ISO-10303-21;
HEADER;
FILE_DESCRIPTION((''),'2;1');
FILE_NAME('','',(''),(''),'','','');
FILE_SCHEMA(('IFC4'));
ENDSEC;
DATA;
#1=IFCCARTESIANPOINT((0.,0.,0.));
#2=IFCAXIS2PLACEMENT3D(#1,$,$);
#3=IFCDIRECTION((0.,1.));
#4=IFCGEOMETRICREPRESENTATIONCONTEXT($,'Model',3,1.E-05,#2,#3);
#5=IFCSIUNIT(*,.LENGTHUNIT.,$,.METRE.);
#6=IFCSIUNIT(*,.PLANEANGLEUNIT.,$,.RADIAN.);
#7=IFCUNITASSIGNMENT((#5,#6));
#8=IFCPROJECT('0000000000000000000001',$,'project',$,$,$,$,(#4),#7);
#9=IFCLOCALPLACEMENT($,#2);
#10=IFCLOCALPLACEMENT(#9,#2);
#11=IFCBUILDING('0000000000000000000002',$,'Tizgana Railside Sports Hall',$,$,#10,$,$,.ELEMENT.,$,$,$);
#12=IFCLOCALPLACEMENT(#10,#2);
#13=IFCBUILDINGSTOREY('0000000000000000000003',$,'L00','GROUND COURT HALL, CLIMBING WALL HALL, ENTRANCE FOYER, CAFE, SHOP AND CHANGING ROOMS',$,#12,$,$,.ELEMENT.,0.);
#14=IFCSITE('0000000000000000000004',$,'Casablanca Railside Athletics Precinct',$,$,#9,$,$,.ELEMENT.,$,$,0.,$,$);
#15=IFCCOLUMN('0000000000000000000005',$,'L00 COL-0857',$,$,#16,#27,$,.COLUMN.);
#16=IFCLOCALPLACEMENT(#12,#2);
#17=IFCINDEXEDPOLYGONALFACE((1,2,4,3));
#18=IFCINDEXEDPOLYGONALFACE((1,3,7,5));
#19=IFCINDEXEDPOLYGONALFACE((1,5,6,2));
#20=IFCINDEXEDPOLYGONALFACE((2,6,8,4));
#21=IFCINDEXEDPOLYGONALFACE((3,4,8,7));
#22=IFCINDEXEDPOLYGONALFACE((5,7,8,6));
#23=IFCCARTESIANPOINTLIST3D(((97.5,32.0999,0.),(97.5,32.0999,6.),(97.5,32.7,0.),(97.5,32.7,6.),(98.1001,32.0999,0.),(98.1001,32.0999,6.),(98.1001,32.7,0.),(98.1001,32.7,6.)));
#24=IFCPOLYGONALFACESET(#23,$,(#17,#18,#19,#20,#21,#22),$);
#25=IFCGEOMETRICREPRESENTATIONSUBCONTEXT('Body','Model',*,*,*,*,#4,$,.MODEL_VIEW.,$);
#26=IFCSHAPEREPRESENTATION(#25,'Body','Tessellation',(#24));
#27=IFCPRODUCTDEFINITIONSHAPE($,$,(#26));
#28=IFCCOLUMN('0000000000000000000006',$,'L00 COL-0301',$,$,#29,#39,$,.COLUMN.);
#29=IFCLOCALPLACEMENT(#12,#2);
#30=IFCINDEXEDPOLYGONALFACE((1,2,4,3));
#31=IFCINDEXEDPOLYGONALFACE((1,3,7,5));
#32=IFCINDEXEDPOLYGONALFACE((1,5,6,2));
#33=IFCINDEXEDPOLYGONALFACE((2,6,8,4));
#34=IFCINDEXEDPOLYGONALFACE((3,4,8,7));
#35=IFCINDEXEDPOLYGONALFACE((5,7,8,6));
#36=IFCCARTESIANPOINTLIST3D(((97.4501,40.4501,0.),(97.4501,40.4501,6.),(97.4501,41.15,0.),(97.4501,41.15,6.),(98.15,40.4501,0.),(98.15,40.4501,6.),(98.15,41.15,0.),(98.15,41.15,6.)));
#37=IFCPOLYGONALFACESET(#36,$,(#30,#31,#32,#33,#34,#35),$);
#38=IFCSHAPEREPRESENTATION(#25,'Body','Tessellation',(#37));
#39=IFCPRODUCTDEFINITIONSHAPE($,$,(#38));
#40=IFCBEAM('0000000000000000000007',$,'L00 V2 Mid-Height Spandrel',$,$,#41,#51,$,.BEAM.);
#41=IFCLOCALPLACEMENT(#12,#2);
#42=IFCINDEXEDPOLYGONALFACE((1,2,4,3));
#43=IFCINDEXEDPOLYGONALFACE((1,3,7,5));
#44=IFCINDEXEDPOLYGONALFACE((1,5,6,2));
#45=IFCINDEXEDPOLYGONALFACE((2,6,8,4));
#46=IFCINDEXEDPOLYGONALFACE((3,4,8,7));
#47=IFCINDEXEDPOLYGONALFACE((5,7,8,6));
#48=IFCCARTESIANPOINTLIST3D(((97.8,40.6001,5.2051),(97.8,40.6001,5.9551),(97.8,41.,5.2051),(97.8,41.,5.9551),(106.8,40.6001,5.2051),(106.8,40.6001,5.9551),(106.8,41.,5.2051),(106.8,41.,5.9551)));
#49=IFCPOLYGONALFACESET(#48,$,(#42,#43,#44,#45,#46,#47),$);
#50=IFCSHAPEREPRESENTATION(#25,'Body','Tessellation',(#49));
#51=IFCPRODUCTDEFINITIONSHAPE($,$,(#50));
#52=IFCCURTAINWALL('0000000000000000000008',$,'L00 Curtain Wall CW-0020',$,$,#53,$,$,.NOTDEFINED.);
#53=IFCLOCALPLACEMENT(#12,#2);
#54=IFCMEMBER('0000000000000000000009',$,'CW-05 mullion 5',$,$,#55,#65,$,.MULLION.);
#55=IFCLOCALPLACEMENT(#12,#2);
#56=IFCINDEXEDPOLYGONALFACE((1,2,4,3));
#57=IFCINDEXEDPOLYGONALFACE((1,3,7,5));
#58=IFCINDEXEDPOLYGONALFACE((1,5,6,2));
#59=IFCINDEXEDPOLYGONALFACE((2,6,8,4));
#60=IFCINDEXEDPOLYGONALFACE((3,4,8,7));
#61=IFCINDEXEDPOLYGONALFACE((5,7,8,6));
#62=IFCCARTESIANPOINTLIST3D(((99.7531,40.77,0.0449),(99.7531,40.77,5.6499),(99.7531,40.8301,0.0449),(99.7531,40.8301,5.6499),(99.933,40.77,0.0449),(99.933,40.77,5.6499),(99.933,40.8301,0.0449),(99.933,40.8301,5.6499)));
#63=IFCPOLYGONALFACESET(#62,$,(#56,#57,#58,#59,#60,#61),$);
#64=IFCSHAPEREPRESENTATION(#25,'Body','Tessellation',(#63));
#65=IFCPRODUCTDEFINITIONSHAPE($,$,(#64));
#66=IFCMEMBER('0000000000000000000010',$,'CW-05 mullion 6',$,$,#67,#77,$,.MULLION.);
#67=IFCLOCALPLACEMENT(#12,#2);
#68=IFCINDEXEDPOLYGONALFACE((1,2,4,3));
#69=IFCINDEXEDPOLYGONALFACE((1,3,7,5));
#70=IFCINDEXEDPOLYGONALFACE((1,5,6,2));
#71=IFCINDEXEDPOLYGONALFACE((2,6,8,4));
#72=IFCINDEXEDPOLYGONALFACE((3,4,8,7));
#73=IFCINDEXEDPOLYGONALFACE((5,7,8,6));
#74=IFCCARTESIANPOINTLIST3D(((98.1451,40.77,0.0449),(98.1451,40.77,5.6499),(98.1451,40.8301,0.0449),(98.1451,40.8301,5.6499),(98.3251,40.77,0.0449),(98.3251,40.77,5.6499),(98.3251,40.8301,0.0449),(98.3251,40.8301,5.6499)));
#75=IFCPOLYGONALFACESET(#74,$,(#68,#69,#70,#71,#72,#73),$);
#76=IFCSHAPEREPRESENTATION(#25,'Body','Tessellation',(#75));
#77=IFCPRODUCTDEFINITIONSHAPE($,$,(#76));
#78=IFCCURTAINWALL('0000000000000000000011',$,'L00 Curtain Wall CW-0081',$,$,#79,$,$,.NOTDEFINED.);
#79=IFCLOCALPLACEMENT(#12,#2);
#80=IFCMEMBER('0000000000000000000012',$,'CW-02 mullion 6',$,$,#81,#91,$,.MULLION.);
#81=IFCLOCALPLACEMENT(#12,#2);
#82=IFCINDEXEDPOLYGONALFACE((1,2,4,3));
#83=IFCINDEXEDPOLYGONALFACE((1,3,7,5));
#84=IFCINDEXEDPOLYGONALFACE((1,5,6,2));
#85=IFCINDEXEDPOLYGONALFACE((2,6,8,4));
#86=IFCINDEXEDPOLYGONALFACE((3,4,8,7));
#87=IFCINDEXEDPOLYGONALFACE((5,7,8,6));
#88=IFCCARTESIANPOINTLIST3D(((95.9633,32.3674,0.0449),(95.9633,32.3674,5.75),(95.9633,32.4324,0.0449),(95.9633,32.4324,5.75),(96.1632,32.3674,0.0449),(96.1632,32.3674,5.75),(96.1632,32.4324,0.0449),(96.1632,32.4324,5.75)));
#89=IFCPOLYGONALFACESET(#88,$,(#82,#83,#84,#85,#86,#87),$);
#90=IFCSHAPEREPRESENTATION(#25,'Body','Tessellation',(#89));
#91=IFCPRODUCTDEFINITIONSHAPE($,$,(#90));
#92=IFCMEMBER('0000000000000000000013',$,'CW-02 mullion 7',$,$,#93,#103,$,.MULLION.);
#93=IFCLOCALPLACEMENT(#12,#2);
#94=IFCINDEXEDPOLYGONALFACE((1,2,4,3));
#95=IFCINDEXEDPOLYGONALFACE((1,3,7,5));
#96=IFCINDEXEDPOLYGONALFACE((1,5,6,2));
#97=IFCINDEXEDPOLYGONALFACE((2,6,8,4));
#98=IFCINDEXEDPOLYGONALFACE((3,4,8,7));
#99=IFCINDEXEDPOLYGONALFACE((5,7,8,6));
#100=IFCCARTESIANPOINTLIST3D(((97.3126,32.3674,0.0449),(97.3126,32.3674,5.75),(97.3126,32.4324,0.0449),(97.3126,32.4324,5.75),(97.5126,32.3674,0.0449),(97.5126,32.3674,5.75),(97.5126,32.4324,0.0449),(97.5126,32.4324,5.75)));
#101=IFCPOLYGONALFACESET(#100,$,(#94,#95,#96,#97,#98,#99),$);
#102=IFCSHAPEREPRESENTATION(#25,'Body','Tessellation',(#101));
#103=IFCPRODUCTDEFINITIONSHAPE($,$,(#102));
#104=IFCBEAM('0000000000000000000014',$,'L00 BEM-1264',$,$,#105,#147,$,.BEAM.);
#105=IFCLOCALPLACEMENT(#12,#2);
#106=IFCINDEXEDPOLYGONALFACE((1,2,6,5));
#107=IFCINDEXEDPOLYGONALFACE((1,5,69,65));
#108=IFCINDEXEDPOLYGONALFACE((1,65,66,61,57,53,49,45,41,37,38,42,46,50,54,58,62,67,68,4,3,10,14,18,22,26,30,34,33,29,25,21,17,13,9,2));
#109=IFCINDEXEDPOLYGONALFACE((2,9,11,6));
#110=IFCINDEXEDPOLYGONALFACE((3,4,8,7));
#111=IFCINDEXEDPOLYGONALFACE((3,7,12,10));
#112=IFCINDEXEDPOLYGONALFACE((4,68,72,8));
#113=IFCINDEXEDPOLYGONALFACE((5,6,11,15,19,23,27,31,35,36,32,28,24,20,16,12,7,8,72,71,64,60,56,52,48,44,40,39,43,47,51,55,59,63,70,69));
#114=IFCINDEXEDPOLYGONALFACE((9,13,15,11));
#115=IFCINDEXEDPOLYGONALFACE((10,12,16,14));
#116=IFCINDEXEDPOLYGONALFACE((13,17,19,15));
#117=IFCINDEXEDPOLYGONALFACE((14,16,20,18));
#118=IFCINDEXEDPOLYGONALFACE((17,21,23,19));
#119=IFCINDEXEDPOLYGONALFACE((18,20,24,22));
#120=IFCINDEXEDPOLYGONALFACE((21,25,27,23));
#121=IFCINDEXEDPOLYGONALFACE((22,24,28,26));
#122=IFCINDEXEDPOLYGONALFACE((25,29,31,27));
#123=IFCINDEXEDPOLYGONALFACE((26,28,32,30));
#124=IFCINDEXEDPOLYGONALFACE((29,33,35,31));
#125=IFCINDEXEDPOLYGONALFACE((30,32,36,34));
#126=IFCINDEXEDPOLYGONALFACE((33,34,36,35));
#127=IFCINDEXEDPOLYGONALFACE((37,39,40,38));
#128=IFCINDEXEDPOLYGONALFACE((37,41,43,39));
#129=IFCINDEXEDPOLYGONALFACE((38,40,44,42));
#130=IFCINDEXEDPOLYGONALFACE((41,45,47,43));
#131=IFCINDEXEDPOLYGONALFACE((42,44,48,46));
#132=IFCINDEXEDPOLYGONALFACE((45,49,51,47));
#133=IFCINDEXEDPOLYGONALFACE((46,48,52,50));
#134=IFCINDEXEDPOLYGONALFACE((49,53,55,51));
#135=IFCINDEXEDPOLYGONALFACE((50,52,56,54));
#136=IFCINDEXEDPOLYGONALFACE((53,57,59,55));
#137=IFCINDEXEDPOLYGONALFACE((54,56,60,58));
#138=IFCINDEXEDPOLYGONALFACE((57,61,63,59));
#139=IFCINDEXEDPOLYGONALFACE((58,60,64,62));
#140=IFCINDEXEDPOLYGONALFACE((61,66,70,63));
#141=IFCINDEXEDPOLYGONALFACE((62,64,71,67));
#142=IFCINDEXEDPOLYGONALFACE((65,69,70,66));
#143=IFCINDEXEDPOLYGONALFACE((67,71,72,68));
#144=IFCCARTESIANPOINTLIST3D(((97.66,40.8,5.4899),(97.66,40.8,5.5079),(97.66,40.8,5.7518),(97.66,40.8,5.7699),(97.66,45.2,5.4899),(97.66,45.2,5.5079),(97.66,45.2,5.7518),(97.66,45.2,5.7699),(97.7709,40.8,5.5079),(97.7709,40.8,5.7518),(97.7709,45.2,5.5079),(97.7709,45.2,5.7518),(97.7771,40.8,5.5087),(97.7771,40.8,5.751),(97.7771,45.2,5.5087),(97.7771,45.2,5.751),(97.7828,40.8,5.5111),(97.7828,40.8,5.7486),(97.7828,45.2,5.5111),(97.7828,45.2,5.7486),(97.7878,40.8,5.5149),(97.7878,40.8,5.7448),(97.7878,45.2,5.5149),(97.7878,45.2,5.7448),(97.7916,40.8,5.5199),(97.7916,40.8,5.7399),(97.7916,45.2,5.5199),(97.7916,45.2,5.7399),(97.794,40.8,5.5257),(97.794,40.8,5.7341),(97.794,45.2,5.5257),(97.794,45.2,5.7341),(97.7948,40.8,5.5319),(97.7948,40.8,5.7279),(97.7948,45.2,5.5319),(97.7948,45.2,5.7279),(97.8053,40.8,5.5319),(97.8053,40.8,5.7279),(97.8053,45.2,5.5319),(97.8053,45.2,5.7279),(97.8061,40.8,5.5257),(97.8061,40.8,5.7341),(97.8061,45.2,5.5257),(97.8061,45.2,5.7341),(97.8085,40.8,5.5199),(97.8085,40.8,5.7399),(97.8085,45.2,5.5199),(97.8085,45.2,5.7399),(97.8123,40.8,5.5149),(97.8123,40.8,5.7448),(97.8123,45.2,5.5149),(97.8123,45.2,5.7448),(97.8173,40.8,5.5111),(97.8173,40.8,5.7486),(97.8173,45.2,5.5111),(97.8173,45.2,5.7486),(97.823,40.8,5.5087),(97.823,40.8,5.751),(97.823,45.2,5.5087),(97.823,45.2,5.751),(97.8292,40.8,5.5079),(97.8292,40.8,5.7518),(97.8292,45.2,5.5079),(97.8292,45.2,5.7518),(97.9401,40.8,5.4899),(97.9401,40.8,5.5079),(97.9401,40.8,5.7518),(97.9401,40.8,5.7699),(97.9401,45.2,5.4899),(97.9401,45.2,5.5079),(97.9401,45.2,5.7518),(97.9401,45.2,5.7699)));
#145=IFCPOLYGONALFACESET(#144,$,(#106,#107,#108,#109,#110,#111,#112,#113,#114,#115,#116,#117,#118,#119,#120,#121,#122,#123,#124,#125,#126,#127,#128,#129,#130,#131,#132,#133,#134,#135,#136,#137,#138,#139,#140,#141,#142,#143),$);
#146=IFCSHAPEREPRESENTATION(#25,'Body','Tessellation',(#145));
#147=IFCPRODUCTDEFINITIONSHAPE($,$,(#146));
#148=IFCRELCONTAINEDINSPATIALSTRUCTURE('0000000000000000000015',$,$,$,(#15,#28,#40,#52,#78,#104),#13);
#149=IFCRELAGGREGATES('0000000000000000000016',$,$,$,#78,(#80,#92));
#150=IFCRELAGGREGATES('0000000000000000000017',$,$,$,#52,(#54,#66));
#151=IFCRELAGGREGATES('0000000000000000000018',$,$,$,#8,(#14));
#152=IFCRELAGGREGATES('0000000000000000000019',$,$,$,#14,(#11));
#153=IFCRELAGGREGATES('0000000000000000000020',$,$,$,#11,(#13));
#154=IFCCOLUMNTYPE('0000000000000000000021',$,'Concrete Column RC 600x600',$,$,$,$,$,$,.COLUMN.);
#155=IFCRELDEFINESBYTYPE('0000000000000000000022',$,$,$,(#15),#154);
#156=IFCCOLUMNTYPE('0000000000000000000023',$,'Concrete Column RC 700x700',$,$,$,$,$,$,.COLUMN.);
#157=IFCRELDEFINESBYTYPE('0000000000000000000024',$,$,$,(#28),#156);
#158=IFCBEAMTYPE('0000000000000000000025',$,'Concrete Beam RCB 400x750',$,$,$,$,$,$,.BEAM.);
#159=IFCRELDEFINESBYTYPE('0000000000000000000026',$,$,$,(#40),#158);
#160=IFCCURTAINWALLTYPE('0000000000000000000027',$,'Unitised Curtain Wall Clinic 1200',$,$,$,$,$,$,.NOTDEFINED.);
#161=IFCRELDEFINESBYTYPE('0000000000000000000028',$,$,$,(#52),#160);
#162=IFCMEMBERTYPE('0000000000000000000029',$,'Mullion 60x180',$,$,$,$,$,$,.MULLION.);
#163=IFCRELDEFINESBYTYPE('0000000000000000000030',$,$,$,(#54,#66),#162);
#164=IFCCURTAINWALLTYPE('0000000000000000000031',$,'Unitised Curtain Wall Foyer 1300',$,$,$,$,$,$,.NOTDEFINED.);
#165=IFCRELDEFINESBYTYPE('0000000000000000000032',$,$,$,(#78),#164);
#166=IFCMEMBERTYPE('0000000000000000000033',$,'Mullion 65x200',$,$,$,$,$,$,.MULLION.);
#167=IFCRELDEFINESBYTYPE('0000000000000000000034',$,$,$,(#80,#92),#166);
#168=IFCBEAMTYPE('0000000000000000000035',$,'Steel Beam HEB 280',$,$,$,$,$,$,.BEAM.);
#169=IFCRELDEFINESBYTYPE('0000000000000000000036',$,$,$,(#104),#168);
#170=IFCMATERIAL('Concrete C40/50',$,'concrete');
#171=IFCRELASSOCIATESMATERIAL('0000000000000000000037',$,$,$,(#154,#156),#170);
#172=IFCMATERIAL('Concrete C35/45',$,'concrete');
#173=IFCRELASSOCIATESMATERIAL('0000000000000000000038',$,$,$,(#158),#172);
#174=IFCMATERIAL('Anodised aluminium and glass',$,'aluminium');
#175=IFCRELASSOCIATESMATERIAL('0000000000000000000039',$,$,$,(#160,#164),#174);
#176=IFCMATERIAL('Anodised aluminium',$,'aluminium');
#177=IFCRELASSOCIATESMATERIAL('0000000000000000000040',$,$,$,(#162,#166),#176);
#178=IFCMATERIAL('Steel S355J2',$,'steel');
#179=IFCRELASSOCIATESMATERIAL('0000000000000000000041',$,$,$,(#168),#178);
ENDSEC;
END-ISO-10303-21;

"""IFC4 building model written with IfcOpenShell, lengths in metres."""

from ifc_helpers import new_model, si_unit, direction, frame, origin, origin_2d, place, context, subcontext, project, spatial, rectangle, i_section, extrude, material, material_profile, profile_set, type_object, element, aggregate, save


model = new_model("IFC4")

# Units and contexts
model_context = context("Model", 3, precision=1e-05, world=origin(), true_north=direction((0.0, 1.0)))
body_context = subcontext(model_context, "Body", "Model", "MODEL_VIEW")
ifc_project = project(units=[si_unit("LENGTHUNIT", "METRE"), si_unit("PLANEANGLEUNIT", "RADIAN")], contexts=[model_context])

# Site, building, storey
site_placement = place(None, origin())
site = spatial("IfcSite", under=ifc_project, at=site_placement, Name="Casablanca Railside Athletics Precinct", CompositionType="ELEMENT", RefElevation=0.0)
building_placement = place(site_placement, origin())
building = spatial("IfcBuilding", under=site, at=building_placement, Name="Tizgana Railside Sports Hall", CompositionType="ELEMENT")
storey_placement = place(building_placement, origin())
storey = spatial("IfcBuildingStorey", under=building, at=storey_placement, Name="L00", Description="GROUND COURT HALL, CLIMBING WALL HALL, ENTRANCE FOYER, CAFE, SHOP AND CHANGING ROOMS", CompositionType="ELEMENT", Elevation=0.0)

# Columns
ifc_material_1 = material(Name="Concrete C40/50", Category="concrete")
ifc_material_profile_1 = material_profile(ifc_material_1, rectangle(XDim=0.6001, YDim=0.6001, at=origin_2d()), Name="RC 600x600")
ifc_profile_set_1 = profile_set([ifc_material_profile_1], Name="Concrete C40/50")
column_type_1 = type_object("IfcColumnType", Name="Concrete Column RC 600x600", PredefinedType="COLUMN", material=ifc_profile_set_1)
column_1_placement = place(storey_placement, frame((97.8, 32.3999, 0.0), z_axis=(0.0, 0.0, 1.0), x_axis=(1.0, 0.0, 0.0)))
element("IfcColumn", 1, at=column_1_placement, inside=storey, type_object=column_type_1, Name="L00 COL-0857", PredefinedType="COLUMN", context=body_context, shape_type="SweptSolid", body=[
    extrude(rectangle(XDim=0.6001, YDim=0.6001, at=origin_2d()), origin(), (0.0, 0.0, 1.0), 6.0),
])
ifc_material_profile_2 = material_profile(ifc_material_1, rectangle(XDim=0.7, YDim=0.7, at=origin_2d()), Name="RC 700x700")
ifc_profile_set_2 = profile_set([ifc_material_profile_2], Name="Concrete C40/50")
column_type_2 = type_object("IfcColumnType", Name="Concrete Column RC 700x700", PredefinedType="COLUMN", material=ifc_profile_set_2)
column_2_placement = place(storey_placement, frame((97.8, 40.8, 0.0), z_axis=(0.0, 0.0, 1.0), x_axis=(1.0, 0.0, 0.0)))
element("IfcColumn", 2, at=column_2_placement, inside=storey, type_object=column_type_2, Name="L00 COL-0301", PredefinedType="COLUMN", context=body_context, shape_type="SweptSolid", body=[
    extrude(rectangle(XDim=0.7, YDim=0.7, at=origin_2d()), origin(), (0.0, 0.0, 1.0), 6.0),
])

# Beam
ifc_material_2 = material(Name="Concrete C35/45", Category="concrete")
ifc_material_profile_3 = material_profile(ifc_material_2, rectangle(XDim=0.3999, YDim=0.75, at=origin_2d()), Name="RCB 400x750")
ifc_profile_set_3 = profile_set([ifc_material_profile_3], Name="Concrete C35/45")
beam_type_1 = type_object("IfcBeamType", Name="Concrete Beam RCB 400x750", PredefinedType="BEAM", material=ifc_profile_set_3)
beam_1_placement = place(storey_placement, frame((97.8, 40.8, 5.5801), z_axis=(1.0, 0.0, 0.0), x_axis=(0.0, 1.0, 0.0)))
element("IfcBeam", 3, at=beam_1_placement, inside=storey, type_object=beam_type_1, Name="L00 V2 Mid-Height Spandrel", PredefinedType="BEAM", context=body_context, shape_type="SweptSolid", body=[
    extrude(rectangle(XDim=0.3999, YDim=0.75, at=origin_2d()), origin(), (0.0, 0.0, 1.0), 9.0),
])

# Curtain walls, members
ifc_material_3 = material(Name="Anodised aluminium and glass", Category="aluminium")
curtain_wall_type_1 = type_object("IfcCurtainWallType", Name="Unitised Curtain Wall Clinic 1200", PredefinedType="NOTDEFINED", material=ifc_material_3)
curtain_wall_1_placement = place(storey_placement, origin())
curtain_wall_1 = element("IfcCurtainWall", 4, at=curtain_wall_1_placement, inside=storey, type_object=curtain_wall_type_1, Name="L00 Curtain Wall CW-0020", PredefinedType="NOTDEFINED")
ifc_material_4 = material(Name="Anodised aluminium", Category="aluminium")
ifc_material_profile_4 = material_profile(ifc_material_4, rectangle(XDim=0.0601, YDim=0.1799, at=origin_2d()), Name="Mullion 60x180")
ifc_profile_set_4 = profile_set([ifc_material_profile_4], Name="Anodised aluminium")
member_type_1 = type_object("IfcMemberType", Name="Mullion 60x180", PredefinedType="MULLION", material=ifc_profile_set_4)
member_1_placement = place(storey_placement, frame((99.843, 40.8, 0.0449), z_axis=(0.0, 0.0, 1.0), x_axis=(0.0, -1.0, 0.0)))
member_1 = element("IfcMember", 5, at=member_1_placement, type_object=member_type_1, Name="CW-05 mullion 5", PredefinedType="MULLION", context=body_context, shape_type="SweptSolid", body=[
    extrude(rectangle(XDim=0.0601, YDim=0.1799, at=origin_2d()), origin(), (0.0, 0.0, 1.0), 5.605),
])
member_2_placement = place(storey_placement, frame((98.2351, 40.8, 0.0449), z_axis=(0.0, 0.0, 1.0), x_axis=(0.0, -1.0, 0.0)))
member_2 = element("IfcMember", 6, at=member_2_placement, type_object=member_type_1, Name="CW-05 mullion 6", PredefinedType="MULLION", context=body_context, shape_type="SweptSolid", body=[
    extrude(rectangle(XDim=0.0601, YDim=0.1799, at=origin_2d()), origin(), (0.0, 0.0, 1.0), 5.605),
])
curtain_wall_type_2 = type_object("IfcCurtainWallType", Name="Unitised Curtain Wall Foyer 1300", PredefinedType="NOTDEFINED", material=ifc_material_3)
curtain_wall_2_placement = place(storey_placement, origin())
curtain_wall_2 = element("IfcCurtainWall", 7, at=curtain_wall_2_placement, inside=storey, type_object=curtain_wall_type_2, Name="L00 Curtain Wall CW-0081", PredefinedType="NOTDEFINED")
ifc_material_profile_5 = material_profile(ifc_material_4, rectangle(XDim=0.0649, YDim=0.2, at=origin_2d()), Name="Mullion 65x200")
ifc_profile_set_5 = profile_set([ifc_material_profile_5], Name="Anodised aluminium")
member_type_2 = type_object("IfcMemberType", Name="Mullion 65x200", PredefinedType="MULLION", material=ifc_profile_set_5)
member_3_placement = place(storey_placement, frame((96.0632, 32.3999, 0.0449), z_axis=(0.0, 0.0, 1.0), x_axis=(0.0, 1.0, 0.0)))
member_3 = element("IfcMember", 8, at=member_3_placement, type_object=member_type_2, Name="CW-02 mullion 6", PredefinedType="MULLION", context=body_context, shape_type="SweptSolid", body=[
    extrude(rectangle(XDim=0.0649, YDim=0.2, at=origin_2d()), origin(), (0.0, 0.0, 1.0), 5.7051),
])
member_4_placement = place(storey_placement, frame((97.4126, 32.3999, 0.0449), z_axis=(0.0, 0.0, 1.0), x_axis=(0.0, 1.0, 0.0)))
member_4 = element("IfcMember", 9, at=member_4_placement, type_object=member_type_2, Name="CW-02 mullion 7", PredefinedType="MULLION", context=body_context, shape_type="SweptSolid", body=[
    extrude(rectangle(XDim=0.0649, YDim=0.2, at=origin_2d()), origin(), (0.0, 0.0, 1.0), 5.7051),
])

# Beam
ifc_material_5 = material(Name="Steel S355J2", Category="steel")
ifc_material_profile_6 = material_profile(ifc_material_5, i_section(OverallWidth=0.28, OverallDepth=0.28, WebThickness=0.0105, FlangeThickness=0.0181, FilletRadius=0.0239, at=origin_2d()), Name="HEB 280")
ifc_profile_set_6 = profile_set([ifc_material_profile_6], Name="Steel S355J2")
beam_type_2 = type_object("IfcBeamType", Name="Steel Beam HEB 280", PredefinedType="BEAM", material=ifc_profile_set_6)
beam_2_placement = place(storey_placement, frame((97.8, 40.8, 5.6299), z_axis=(0.0, 1.0, 0.0), x_axis=(-1.0, 0.0, 0.0)))
element("IfcBeam", 10, at=beam_2_placement, inside=storey, type_object=beam_type_2, Name="L00 BEM-1264", PredefinedType="BEAM", context=body_context, shape_type="SweptSolid", body=[
    extrude(i_section(OverallWidth=0.28, OverallDepth=0.28, WebThickness=0.0105, FlangeThickness=0.0181, FilletRadius=0.0239, at=origin_2d()), origin(), (0.0, 0.0, 1.0), 4.3999),
])

aggregate(curtain_wall_2, [member_3, member_4])
aggregate(curtain_wall_1, [member_1, member_2])

save(model, "model.ifc")
